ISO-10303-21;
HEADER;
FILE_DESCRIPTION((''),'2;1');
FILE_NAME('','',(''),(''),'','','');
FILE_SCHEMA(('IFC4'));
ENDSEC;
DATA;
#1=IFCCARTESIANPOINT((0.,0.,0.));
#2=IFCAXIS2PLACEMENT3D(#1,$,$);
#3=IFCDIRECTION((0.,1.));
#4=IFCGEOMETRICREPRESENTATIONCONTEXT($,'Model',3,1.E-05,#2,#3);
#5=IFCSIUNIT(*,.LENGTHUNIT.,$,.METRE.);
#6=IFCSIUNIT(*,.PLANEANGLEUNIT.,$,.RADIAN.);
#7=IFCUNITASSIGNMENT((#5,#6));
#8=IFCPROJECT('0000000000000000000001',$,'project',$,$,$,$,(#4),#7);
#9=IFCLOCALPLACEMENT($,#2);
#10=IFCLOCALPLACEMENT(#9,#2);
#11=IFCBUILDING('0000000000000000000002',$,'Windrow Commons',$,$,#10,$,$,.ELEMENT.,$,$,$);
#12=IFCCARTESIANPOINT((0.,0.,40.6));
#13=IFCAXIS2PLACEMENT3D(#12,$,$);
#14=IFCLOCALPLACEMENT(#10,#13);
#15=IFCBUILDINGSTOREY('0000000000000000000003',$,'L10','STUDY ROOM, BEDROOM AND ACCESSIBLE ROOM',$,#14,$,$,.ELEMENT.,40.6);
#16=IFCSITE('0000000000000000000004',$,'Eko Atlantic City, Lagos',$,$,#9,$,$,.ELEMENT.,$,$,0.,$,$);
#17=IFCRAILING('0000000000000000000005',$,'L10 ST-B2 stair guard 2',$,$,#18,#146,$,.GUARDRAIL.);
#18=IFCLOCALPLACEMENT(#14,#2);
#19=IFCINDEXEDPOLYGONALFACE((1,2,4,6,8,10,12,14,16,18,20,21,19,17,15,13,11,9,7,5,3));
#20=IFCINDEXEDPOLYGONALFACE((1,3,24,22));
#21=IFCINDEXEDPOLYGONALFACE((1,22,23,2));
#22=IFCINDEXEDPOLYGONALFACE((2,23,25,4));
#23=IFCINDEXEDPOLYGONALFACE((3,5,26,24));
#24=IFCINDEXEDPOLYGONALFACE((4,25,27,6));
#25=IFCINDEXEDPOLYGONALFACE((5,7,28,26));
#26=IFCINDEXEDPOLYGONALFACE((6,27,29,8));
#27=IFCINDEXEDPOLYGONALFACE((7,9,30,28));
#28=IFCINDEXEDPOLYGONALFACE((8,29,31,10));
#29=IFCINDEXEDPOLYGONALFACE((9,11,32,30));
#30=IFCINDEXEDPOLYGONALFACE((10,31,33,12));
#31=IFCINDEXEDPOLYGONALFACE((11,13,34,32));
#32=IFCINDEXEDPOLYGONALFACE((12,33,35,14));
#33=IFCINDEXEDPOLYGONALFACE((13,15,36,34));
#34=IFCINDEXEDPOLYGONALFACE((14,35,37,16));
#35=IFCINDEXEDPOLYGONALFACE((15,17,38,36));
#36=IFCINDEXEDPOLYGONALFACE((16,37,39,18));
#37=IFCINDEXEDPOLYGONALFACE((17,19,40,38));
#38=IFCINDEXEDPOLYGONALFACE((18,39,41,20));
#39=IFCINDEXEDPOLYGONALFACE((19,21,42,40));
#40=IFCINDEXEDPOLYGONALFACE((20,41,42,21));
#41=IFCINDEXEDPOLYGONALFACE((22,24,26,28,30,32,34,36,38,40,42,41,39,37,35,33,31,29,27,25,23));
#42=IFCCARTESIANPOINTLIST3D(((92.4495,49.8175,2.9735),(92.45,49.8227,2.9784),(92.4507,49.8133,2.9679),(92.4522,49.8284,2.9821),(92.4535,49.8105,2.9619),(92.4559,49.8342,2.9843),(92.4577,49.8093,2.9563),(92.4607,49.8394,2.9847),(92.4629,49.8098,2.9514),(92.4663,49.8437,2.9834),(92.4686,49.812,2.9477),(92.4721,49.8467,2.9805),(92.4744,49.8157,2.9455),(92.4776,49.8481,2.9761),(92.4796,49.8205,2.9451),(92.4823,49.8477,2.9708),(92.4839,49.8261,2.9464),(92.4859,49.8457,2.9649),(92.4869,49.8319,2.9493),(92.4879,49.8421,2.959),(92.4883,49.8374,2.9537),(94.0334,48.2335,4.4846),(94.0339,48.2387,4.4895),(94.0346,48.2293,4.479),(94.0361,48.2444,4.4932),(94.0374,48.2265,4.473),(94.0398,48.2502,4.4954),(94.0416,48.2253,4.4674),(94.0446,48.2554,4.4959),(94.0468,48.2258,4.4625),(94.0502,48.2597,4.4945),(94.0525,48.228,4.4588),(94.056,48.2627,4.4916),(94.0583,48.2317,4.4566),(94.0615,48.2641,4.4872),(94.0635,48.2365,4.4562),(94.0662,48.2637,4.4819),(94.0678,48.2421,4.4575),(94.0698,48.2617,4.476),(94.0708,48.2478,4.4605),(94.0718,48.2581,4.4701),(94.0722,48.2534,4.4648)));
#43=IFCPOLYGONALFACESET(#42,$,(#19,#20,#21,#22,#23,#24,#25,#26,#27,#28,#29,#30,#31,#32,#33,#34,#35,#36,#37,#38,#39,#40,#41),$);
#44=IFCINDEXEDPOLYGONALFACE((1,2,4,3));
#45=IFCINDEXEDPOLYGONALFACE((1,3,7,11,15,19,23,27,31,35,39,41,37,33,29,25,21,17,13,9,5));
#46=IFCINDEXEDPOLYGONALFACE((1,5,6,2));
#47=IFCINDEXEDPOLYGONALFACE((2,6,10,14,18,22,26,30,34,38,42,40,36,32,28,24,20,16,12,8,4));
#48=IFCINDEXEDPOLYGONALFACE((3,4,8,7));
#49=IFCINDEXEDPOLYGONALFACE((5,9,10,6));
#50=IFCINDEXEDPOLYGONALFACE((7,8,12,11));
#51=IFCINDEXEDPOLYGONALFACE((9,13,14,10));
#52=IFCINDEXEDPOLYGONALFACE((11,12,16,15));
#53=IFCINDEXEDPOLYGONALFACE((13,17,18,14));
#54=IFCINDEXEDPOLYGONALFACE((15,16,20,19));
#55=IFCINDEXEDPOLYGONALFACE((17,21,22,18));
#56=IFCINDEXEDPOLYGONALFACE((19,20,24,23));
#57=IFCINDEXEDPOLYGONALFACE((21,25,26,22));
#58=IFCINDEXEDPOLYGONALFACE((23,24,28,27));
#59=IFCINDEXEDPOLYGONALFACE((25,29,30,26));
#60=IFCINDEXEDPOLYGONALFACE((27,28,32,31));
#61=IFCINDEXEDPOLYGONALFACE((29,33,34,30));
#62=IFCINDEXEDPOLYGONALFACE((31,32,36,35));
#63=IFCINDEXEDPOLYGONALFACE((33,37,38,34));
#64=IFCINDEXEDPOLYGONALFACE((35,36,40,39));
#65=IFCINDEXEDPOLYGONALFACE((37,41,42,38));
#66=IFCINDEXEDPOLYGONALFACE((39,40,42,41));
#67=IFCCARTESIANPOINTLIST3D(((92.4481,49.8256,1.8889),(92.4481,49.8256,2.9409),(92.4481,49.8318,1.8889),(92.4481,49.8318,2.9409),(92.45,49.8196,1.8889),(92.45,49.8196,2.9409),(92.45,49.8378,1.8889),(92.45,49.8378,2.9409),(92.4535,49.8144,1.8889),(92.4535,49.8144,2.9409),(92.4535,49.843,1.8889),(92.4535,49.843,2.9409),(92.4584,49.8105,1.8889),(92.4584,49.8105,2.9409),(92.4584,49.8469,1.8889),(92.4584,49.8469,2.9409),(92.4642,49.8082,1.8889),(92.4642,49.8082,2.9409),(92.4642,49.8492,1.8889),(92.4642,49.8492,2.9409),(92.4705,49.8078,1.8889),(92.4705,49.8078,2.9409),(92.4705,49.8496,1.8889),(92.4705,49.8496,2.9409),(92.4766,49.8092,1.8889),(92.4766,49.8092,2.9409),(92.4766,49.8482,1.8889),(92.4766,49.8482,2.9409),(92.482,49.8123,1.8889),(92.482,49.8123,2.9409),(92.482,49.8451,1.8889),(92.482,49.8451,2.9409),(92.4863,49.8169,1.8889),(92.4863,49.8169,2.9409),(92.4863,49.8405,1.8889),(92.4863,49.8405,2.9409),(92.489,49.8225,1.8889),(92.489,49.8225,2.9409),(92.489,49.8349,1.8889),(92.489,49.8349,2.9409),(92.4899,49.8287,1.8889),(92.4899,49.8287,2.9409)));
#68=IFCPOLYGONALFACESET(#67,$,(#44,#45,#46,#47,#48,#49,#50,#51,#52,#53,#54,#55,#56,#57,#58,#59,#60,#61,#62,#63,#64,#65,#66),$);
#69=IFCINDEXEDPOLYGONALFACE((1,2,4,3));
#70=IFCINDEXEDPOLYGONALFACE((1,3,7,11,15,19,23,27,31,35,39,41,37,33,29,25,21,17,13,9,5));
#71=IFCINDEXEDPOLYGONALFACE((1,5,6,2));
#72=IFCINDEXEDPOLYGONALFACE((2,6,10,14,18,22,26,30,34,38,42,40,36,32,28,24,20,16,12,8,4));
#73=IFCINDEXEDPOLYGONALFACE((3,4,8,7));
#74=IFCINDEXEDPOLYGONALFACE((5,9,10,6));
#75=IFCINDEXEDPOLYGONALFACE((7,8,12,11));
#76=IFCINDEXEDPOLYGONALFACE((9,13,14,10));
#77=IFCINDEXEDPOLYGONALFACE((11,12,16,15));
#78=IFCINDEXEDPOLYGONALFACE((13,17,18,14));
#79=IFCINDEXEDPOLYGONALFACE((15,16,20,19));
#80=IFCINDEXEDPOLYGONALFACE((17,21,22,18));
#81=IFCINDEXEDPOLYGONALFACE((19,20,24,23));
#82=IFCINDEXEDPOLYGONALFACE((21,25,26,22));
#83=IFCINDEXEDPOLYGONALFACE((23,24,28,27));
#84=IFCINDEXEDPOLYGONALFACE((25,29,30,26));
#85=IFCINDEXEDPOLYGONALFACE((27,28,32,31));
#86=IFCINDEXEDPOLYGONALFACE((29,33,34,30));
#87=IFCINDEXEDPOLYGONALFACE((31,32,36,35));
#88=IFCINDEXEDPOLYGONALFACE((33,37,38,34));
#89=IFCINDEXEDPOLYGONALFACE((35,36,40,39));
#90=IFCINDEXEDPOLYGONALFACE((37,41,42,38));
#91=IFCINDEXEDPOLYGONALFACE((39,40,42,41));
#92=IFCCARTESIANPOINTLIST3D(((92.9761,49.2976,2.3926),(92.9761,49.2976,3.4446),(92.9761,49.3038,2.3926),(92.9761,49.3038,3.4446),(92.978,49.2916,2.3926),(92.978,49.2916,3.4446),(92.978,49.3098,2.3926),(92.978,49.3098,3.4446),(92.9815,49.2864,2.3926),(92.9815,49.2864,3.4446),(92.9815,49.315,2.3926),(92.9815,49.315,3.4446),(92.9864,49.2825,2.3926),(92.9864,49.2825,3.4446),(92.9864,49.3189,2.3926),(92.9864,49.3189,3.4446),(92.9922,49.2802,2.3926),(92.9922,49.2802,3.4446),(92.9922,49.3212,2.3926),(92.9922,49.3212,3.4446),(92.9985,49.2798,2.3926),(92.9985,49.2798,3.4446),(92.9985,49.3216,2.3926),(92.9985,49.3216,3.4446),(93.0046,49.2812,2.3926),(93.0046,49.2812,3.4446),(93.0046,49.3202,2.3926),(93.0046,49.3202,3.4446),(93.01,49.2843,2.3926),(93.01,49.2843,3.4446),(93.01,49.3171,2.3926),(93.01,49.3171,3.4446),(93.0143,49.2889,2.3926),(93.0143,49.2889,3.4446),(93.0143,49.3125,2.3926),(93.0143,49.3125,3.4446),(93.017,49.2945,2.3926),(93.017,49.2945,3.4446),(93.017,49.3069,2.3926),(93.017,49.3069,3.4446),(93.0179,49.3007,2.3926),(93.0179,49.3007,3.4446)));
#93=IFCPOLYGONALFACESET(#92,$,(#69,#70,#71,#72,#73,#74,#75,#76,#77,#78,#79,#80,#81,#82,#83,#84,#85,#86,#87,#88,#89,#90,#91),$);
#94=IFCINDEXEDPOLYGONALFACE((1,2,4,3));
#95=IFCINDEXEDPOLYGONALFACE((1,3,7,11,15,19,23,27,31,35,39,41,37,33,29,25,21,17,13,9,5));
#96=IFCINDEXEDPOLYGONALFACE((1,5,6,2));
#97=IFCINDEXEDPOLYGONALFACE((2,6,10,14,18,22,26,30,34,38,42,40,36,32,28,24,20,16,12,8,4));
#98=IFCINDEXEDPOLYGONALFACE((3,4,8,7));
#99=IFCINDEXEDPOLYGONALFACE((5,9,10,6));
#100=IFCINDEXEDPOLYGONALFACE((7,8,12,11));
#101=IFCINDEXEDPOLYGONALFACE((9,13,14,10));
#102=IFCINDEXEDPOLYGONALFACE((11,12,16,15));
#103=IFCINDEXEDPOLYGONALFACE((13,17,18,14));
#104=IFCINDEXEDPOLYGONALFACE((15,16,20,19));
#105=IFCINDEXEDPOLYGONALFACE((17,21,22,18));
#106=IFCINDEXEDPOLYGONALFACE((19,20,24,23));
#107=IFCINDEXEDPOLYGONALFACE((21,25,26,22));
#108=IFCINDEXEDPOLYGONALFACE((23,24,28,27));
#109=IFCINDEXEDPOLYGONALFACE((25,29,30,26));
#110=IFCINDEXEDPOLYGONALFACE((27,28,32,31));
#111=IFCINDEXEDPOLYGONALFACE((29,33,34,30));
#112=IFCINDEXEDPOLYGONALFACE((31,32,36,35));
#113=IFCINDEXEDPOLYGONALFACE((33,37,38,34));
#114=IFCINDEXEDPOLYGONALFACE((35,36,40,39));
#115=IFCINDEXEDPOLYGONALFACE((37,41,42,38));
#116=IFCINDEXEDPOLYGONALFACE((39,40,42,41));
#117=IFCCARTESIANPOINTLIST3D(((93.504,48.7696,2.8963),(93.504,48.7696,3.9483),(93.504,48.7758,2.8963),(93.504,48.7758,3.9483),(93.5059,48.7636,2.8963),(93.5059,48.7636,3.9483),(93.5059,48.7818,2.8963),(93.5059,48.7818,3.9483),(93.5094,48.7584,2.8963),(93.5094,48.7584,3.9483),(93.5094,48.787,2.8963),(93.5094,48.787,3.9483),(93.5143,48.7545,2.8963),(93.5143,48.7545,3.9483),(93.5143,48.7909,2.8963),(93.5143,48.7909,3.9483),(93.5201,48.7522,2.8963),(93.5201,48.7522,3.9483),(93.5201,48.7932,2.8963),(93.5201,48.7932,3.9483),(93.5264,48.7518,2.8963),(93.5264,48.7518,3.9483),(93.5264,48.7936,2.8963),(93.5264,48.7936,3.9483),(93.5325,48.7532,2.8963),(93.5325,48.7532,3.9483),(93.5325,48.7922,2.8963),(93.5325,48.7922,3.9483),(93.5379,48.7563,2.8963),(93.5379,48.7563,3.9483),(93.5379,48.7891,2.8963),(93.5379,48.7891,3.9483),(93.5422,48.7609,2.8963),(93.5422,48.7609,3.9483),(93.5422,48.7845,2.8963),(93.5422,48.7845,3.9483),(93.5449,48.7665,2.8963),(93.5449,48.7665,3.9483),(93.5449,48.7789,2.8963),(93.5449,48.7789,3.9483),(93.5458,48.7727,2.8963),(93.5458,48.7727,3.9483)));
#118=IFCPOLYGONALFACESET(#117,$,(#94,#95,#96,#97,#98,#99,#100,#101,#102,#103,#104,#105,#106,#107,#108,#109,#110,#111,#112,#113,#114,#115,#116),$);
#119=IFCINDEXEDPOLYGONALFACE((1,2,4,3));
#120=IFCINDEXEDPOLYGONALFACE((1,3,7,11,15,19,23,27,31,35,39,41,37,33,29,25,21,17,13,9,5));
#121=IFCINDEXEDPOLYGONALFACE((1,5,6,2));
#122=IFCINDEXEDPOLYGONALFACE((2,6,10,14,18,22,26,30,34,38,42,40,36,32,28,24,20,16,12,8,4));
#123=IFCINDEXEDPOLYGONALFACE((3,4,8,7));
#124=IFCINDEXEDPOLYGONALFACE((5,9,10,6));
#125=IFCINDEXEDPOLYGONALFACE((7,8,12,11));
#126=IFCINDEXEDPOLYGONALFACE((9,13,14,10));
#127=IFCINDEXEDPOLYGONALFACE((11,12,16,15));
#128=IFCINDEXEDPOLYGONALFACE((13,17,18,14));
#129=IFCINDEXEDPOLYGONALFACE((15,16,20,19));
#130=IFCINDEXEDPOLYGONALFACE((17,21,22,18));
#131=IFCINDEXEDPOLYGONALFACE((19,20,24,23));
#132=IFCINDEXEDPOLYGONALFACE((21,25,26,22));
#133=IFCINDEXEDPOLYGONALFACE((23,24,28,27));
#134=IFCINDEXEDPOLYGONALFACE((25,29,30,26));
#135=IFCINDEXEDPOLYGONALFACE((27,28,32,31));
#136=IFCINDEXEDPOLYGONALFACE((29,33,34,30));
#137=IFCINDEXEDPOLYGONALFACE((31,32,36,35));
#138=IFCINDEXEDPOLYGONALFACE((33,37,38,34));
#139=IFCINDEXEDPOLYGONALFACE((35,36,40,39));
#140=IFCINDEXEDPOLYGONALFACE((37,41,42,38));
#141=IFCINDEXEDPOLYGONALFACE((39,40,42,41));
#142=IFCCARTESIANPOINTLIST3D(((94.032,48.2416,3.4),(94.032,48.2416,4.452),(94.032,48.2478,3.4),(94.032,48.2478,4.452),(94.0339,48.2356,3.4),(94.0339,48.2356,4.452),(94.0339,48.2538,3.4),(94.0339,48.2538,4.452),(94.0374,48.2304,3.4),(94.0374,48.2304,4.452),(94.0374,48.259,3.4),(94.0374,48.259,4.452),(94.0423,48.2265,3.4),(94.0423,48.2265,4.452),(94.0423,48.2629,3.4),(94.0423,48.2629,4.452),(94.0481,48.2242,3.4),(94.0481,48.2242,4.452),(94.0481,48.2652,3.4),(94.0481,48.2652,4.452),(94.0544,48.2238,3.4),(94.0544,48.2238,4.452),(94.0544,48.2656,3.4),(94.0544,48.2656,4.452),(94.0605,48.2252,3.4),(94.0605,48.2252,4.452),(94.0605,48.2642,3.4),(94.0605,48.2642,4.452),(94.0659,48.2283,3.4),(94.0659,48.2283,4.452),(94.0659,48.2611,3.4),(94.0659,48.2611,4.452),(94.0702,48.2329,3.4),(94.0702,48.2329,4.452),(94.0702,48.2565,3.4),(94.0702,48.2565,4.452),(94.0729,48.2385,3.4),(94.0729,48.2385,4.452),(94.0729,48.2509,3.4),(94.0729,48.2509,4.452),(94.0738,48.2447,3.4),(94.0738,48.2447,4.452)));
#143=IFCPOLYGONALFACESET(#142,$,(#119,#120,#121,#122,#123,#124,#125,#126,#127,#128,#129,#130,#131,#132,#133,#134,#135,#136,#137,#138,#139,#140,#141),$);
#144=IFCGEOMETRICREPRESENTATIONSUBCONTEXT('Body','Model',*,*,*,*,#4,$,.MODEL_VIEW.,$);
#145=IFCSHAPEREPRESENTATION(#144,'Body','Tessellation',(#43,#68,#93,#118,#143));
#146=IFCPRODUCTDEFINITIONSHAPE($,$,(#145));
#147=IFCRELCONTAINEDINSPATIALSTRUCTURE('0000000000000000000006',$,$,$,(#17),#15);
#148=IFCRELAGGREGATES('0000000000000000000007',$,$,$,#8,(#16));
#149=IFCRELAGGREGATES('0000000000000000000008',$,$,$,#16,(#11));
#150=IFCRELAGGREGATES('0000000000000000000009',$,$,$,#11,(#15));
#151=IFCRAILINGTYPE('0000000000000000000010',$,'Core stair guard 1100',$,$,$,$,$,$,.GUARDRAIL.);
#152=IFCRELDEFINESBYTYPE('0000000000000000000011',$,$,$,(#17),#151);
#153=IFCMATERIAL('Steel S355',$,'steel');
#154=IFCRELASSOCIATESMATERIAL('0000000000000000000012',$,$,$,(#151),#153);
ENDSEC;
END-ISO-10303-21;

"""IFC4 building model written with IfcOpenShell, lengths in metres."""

from ifc_helpers import new_model, si_unit, direction, frame, origin, origin_2d, place, context, subcontext, project, spatial, circle, extrude, material, type_object, element, save


model = new_model("IFC4")

# Units and contexts
model_context = context("Model", 3, precision=1e-05, world=origin(), true_north=direction((0.0, 1.0)))
body_context = subcontext(model_context, "Body", "Model", "MODEL_VIEW")
ifc_project = project(units=[si_unit("LENGTHUNIT", "METRE"), si_unit("PLANEANGLEUNIT", "RADIAN")], contexts=[model_context])

# Site, building, storey
site_placement = place(None, origin())
site = spatial("IfcSite", under=ifc_project, at=site_placement, Name="Eko Atlantic City, Lagos", CompositionType="ELEMENT", RefElevation=0.0)
building_placement = place(site_placement, origin())
building = spatial("IfcBuilding", under=site, at=building_placement, Name="Windrow Commons", CompositionType="ELEMENT")
storey_placement = place(building_placement, frame((0.0, 0.0, 40.6)))
storey = spatial("IfcBuildingStorey", under=building, at=storey_placement, Name="L10", Description="STUDY ROOM, BEDROOM AND ACCESSIBLE ROOM", CompositionType="ELEMENT", Elevation=40.6)

# Railing
ifc_material_1 = material(Name="Steel S355", Category="steel")
railing_type_1 = type_object("IfcRailingType", Name="Core stair guard 1100", PredefinedType="GUARDRAIL", material=ifc_material_1)
railing_1_placement = place(storey_placement, frame((92.4689, 49.8287, 1.8889)))
element("IfcRailing", 1, at=railing_1_placement, inside=storey, type_object=railing_type_1, Name="L10 ST-B2 stair guard 2", PredefinedType="GUARDRAIL", context=body_context, shape_type="SweptSolid", body=[
    extrude(circle(Radius=0.024, at=origin_2d()), frame((0.0, 0.0, 1.076), z_axis=(0.586179, -0.586216, 0.559237), x_axis=(0.707129, 0.707084, 0.0)), (0.0, 0.0, 1.0), 2.7021),
    extrude(circle(Radius=0.021, at=origin_2d()), origin(), (0.0, 0.0, 1.0), 1.052),
    extrude(circle(Radius=0.021, at=origin_2d()), frame((0.528, -0.528, 0.5037)), (0.0, 0.0, 1.0), 1.052),
    extrude(circle(Radius=0.021, at=origin_2d()), frame((1.0559, -1.056, 1.0074)), (0.0, 0.0, 1.0), 1.052),
    extrude(circle(Radius=0.021, at=origin_2d()), frame((1.5839, -1.584, 1.5111)), (0.0, 0.0, 1.0), 1.052),
])

save(model, "model.ifc")
